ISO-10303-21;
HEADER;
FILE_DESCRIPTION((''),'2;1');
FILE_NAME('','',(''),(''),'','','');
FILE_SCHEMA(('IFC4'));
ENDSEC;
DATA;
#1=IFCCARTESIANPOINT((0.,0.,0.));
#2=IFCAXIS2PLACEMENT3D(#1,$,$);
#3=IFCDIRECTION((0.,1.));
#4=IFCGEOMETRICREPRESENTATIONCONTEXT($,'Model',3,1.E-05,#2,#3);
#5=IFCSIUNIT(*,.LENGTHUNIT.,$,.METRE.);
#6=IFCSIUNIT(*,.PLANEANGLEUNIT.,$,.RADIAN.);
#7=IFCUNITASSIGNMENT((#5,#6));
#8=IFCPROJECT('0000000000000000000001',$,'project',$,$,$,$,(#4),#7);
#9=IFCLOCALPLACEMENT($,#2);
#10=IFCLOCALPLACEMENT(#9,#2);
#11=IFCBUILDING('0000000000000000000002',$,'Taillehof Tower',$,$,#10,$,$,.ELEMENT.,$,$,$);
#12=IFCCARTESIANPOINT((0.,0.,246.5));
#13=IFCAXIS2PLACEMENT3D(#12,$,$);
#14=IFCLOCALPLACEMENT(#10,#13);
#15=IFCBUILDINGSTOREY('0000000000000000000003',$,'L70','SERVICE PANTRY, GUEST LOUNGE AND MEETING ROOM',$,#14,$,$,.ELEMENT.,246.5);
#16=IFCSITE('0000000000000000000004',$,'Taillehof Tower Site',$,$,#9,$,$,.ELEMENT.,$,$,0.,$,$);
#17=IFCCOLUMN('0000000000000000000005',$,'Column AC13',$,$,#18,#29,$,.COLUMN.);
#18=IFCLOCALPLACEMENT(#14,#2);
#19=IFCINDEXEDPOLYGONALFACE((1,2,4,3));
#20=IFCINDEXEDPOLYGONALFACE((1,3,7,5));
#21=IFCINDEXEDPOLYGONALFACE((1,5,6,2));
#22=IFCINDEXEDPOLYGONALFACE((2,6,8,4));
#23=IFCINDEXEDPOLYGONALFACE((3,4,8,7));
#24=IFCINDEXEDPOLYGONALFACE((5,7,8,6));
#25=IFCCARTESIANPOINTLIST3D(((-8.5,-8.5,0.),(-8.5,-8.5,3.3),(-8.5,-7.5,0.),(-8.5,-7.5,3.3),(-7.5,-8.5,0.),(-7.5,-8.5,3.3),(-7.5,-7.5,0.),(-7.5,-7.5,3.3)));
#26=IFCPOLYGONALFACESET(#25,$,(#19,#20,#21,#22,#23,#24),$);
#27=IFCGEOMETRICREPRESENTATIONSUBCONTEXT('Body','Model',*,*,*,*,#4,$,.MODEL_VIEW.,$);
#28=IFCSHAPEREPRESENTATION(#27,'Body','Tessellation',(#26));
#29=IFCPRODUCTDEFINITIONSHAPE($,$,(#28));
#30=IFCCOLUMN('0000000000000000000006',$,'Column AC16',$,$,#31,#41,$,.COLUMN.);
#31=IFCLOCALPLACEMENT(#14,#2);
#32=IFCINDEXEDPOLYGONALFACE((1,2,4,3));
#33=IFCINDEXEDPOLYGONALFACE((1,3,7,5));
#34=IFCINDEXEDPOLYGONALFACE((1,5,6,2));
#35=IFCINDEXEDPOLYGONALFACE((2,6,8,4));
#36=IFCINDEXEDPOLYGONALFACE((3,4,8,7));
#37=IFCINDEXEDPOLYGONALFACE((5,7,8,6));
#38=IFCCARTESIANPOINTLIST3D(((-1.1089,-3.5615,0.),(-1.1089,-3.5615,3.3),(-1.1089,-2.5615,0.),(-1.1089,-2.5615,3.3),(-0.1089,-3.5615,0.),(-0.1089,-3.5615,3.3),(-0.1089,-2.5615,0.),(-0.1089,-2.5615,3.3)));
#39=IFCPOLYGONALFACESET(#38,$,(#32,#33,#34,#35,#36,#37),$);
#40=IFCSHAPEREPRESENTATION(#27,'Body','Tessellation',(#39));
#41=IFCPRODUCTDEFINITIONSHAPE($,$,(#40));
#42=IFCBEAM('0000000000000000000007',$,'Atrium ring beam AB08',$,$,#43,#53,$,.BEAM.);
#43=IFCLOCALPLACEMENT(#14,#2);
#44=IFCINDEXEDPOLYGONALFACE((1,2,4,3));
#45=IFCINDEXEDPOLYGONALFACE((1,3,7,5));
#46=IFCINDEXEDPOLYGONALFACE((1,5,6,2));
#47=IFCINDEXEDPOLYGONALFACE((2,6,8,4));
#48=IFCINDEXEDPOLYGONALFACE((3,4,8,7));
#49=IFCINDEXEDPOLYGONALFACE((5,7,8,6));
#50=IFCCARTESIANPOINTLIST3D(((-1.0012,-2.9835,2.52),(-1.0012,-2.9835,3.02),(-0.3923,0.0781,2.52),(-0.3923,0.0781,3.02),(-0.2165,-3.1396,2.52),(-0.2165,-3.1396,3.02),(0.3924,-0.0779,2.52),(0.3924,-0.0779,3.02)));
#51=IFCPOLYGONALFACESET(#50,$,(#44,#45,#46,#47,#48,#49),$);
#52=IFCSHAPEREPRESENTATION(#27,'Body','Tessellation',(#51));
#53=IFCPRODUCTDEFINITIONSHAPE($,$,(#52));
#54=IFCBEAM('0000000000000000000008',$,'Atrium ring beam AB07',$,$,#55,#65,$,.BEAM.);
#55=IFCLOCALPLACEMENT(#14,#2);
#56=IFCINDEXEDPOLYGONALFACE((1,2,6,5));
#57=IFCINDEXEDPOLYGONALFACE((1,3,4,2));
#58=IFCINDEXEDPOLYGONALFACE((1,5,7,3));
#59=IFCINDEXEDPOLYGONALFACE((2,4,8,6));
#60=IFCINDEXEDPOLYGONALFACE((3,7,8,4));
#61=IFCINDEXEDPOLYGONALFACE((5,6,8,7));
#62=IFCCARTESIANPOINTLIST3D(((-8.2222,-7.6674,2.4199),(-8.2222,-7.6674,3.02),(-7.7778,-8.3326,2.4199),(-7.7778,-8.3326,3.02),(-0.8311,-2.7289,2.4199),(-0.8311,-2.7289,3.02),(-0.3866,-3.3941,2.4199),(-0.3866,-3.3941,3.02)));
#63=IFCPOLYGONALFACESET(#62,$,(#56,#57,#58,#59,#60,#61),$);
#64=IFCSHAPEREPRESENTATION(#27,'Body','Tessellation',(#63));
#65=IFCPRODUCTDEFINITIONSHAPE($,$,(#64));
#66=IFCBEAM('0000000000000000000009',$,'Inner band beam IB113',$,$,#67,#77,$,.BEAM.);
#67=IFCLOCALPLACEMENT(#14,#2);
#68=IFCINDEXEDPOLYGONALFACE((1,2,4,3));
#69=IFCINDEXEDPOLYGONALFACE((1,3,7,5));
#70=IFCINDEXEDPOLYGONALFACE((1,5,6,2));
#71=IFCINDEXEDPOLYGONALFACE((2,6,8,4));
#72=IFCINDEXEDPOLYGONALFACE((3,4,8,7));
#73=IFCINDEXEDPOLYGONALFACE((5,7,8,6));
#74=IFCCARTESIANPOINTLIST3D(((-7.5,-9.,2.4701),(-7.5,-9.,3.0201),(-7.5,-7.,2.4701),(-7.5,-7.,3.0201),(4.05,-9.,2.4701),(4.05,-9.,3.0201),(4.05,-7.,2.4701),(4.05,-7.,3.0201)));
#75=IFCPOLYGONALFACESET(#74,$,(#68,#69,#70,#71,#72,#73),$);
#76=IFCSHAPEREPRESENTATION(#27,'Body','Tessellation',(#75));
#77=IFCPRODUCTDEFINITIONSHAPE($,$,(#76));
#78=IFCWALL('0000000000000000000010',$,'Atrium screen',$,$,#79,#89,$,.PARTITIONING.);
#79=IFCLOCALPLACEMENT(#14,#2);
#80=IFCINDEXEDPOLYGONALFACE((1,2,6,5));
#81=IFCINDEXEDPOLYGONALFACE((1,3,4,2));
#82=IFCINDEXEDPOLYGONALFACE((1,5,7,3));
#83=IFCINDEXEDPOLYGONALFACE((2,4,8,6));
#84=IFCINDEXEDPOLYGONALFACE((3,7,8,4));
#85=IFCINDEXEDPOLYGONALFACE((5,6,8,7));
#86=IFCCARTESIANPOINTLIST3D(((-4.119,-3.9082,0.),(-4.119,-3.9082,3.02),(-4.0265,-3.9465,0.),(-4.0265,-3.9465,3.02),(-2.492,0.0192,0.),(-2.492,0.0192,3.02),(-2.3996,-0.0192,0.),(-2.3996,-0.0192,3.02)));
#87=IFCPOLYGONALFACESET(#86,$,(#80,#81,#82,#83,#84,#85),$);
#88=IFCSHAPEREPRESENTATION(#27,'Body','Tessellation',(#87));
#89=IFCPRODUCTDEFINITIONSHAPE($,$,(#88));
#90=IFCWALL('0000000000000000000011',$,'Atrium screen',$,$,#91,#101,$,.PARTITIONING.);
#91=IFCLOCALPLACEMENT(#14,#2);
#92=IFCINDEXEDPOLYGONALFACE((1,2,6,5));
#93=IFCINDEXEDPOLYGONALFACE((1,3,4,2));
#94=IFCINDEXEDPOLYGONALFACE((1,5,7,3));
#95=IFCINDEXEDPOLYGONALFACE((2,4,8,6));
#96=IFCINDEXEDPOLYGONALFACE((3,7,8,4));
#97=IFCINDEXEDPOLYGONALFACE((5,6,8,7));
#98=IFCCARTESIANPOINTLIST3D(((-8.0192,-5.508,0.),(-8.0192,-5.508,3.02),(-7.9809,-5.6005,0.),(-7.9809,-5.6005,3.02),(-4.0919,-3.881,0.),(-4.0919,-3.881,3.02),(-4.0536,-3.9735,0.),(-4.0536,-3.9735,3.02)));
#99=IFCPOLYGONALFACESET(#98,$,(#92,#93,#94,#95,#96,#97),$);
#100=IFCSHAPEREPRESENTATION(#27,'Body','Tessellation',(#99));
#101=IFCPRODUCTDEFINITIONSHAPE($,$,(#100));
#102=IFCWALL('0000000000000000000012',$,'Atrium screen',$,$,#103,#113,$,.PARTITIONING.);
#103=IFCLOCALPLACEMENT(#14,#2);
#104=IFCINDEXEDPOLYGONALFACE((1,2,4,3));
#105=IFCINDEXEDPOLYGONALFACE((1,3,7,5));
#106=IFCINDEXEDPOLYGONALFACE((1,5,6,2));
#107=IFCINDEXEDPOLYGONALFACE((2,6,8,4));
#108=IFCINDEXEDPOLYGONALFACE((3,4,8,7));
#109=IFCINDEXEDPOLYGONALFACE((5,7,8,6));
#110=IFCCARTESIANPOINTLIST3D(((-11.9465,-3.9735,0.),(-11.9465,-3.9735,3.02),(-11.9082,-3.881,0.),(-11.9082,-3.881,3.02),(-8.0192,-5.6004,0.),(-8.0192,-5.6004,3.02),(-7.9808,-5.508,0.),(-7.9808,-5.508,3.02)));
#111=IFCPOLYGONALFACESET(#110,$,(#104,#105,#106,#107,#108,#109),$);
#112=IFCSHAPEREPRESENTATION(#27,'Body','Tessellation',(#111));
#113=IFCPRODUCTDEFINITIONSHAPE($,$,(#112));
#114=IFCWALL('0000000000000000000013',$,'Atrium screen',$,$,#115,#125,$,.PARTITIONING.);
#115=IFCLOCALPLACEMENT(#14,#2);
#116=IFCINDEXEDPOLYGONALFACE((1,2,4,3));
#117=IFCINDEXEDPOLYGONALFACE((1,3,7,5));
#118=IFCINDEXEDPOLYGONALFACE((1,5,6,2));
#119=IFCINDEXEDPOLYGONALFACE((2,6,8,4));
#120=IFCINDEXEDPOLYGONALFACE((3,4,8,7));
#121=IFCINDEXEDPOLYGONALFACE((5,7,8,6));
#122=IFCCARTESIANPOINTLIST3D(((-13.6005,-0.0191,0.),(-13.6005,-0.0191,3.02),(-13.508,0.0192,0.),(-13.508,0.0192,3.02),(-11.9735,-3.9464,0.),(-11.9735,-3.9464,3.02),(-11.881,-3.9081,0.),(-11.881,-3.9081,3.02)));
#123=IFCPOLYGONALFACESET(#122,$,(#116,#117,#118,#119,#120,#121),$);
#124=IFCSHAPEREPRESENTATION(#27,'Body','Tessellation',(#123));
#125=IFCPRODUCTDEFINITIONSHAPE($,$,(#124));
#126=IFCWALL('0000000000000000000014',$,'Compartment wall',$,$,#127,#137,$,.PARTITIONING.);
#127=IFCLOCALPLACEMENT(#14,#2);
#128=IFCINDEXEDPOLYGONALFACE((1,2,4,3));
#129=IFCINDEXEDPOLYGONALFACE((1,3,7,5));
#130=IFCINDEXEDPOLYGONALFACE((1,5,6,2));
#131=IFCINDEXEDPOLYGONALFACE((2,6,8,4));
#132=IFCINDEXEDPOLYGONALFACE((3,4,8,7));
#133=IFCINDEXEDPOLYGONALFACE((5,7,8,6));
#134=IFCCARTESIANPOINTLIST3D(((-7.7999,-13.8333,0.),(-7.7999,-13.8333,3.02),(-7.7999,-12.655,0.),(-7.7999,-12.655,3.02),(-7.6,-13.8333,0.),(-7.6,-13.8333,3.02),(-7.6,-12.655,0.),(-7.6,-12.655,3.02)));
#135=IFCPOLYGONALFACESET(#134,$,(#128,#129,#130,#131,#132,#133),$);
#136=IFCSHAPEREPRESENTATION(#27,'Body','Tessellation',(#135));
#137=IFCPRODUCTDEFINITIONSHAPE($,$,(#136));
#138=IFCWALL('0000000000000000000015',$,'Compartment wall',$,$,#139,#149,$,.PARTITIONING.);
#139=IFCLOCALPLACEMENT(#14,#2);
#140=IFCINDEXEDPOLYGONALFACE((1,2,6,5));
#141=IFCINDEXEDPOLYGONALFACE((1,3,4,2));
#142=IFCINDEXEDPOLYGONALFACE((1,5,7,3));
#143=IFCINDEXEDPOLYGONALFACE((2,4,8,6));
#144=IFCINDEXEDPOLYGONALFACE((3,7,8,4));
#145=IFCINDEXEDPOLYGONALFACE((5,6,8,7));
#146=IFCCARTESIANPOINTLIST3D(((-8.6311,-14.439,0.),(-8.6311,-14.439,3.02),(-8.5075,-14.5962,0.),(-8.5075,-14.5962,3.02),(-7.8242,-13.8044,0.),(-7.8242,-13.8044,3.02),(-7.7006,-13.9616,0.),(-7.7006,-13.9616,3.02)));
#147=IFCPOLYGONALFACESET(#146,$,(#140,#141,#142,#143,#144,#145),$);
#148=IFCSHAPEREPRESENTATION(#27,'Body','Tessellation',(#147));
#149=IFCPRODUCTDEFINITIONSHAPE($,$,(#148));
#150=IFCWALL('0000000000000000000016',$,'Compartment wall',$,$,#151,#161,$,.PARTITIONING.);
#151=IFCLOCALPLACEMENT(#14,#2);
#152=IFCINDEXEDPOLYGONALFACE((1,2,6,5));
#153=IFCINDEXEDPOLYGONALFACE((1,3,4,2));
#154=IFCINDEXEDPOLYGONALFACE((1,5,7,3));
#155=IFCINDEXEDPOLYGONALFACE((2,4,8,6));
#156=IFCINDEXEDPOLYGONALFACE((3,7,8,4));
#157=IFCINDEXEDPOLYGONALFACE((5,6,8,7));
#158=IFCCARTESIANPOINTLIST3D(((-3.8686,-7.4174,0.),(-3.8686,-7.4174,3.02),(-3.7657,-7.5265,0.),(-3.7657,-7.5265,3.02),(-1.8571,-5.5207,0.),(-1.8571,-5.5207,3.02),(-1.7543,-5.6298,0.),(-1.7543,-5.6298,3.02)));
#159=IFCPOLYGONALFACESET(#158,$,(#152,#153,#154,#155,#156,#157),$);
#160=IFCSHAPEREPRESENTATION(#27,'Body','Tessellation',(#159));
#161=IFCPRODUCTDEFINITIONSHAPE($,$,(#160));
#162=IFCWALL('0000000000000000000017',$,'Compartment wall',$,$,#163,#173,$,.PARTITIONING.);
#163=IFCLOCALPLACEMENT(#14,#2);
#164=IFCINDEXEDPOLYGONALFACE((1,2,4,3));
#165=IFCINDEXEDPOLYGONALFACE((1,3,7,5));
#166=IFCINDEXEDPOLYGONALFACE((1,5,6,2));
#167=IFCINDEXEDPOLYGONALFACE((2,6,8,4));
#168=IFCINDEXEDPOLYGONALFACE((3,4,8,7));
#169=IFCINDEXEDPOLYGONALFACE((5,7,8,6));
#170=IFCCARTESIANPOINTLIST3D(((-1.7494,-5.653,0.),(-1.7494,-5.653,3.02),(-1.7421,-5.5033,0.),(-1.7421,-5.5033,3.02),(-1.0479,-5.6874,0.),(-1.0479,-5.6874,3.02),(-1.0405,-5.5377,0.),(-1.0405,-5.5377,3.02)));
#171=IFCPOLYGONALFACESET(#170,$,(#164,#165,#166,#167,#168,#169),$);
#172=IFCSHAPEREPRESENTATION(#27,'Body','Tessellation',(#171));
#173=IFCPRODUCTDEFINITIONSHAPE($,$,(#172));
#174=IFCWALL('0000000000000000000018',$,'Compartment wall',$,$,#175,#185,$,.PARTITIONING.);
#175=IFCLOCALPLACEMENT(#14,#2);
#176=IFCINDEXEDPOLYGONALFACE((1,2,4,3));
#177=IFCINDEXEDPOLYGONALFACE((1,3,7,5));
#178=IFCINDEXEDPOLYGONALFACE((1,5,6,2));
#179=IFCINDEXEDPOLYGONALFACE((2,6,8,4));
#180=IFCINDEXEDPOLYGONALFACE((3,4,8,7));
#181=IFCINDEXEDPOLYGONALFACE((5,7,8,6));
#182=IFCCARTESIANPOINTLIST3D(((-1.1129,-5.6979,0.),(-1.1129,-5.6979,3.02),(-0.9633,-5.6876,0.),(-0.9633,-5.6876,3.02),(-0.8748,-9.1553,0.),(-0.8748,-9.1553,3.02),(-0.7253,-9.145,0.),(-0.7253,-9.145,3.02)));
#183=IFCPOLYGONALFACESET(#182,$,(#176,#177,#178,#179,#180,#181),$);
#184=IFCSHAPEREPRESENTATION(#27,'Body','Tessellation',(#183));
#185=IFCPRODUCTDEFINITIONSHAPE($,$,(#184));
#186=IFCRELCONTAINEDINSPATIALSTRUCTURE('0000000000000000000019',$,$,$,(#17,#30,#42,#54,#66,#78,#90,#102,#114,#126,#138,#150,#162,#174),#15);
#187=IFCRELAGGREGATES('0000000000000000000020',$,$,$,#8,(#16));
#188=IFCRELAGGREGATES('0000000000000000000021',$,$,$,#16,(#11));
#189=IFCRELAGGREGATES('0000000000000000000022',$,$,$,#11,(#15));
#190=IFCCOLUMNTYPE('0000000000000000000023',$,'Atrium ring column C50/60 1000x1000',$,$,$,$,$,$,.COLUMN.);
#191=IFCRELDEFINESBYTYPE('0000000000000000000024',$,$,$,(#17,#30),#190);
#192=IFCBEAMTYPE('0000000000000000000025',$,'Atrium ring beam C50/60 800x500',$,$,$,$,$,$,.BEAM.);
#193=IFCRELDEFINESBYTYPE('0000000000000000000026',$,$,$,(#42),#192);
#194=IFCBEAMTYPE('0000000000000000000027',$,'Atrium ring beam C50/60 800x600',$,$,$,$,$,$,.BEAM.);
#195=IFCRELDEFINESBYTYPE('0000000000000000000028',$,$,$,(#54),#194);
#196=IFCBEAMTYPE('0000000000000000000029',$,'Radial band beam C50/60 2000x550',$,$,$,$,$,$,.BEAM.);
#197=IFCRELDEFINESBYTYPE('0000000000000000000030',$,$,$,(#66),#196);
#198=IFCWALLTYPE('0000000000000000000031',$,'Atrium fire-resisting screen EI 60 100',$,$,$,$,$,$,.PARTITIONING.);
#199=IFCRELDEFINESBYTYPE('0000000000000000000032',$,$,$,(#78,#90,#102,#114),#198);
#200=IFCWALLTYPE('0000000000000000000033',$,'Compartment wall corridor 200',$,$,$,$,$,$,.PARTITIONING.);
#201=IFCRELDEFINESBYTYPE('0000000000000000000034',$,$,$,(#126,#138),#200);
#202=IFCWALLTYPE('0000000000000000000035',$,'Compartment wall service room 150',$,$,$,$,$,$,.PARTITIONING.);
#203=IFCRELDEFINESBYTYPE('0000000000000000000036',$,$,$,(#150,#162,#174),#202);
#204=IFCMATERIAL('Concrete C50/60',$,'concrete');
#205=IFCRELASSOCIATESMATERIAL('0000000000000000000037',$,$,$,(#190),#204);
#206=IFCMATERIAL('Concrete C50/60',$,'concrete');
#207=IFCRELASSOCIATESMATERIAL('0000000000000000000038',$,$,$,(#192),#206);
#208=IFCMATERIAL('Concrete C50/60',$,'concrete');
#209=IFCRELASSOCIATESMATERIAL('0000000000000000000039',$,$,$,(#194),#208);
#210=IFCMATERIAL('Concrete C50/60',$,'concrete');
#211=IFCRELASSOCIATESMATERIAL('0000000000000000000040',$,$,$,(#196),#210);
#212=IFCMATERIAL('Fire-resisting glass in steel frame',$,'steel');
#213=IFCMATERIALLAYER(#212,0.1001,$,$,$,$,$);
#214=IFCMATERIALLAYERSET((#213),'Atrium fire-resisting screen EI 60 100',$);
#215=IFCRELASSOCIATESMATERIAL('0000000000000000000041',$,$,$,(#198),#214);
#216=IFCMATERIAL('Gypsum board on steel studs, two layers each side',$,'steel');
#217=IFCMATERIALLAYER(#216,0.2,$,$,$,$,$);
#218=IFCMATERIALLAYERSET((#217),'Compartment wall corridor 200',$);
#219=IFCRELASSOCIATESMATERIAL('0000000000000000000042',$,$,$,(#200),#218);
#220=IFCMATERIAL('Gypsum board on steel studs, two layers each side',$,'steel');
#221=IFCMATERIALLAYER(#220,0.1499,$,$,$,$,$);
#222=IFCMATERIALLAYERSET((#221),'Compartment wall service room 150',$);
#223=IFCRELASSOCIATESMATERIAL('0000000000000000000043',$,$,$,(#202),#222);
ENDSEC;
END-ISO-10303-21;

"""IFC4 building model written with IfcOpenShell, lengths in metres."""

from ifc_helpers import new_model, si_unit, direction, frame, frame_2d, origin, origin_2d, place, context, subcontext, project, spatial, rectangle, extrude, material, layer, layer_set, material_profile, profile_set, type_object, element, save


model = new_model("IFC4")

# Units and contexts
model_context = context("Model", 3, precision=1e-05, world=origin(), true_north=direction((0.0, 1.0)))
body_context = subcontext(model_context, "Body", "Model", "MODEL_VIEW")
ifc_project = project(units=[si_unit("LENGTHUNIT", "METRE"), si_unit("PLANEANGLEUNIT", "RADIAN")], contexts=[model_context])

# Site, building, storey
site_placement = place(None, origin())
site = spatial("IfcSite", under=ifc_project, at=site_placement, Name="Taillehof Tower Site", CompositionType="ELEMENT", RefElevation=0.0)
building_placement = place(site_placement, origin())
building = spatial("IfcBuilding", under=site, at=building_placement, Name="Taillehof Tower", CompositionType="ELEMENT")
storey_placement = place(building_placement, frame((0.0, 0.0, 246.5)))
storey = spatial("IfcBuildingStorey", under=building, at=storey_placement, Name="L70", Description="SERVICE PANTRY, GUEST LOUNGE AND MEETING ROOM", CompositionType="ELEMENT", Elevation=246.5)

# Columns
ifc_material_1 = material(Name="Concrete C50/60", Category="concrete")
ifc_material_profile_1 = material_profile(ifc_material_1, rectangle(XDim=1.0, YDim=1.0, at=origin_2d()), Name="RC 1000x1000")
ifc_profile_set_1 = profile_set([ifc_material_profile_1], Name="Concrete C50/60")
column_type = type_object("IfcColumnType", Name="Atrium ring column C50/60 1000x1000", PredefinedType="COLUMN", material=ifc_profile_set_1)
for number, where, z_axis, x_axis, name in (
    (1, (-8.0, -8.0, 0.0), (0.0, 0.0, 1.0), (1.0, 0.0, 0.0), "Column AC13"),
    (2, (-0.6089, -3.0615, 0.0), (0.0, 0.0, 1.0), (1.0, 0.0, 0.0), "Column AC16"),
):
    element("IfcColumn", number, at=place(storey_placement, frame(where, z_axis=z_axis, x_axis=x_axis)), inside=storey, type_object=column_type, Name=name, PredefinedType="COLUMN", context=body_context, shape_type="SweptSolid", body=[
        extrude(rectangle(XDim=1.0, YDim=1.0, at=origin_2d()), origin(), (0.0, 0.0, 1.0), 3.3),
    ])

# Beams
ifc_material_2 = material(Name="Concrete C50/60", Category="concrete")
ifc_material_profile_2 = material_profile(ifc_material_2, rectangle(XDim=0.8, YDim=0.5, at=origin_2d()), Name="RC 800x500")
ifc_profile_set_2 = profile_set([ifc_material_profile_2], Name="Concrete C50/60")
beam_type_1 = type_object("IfcBeamType", Name="Atrium ring beam C50/60 800x500", PredefinedType="BEAM", material=ifc_profile_set_2)
beam_1_placement = place(storey_placement, frame((-0.6089, -3.0615, 2.77), z_axis=(0.195063, 0.980791, 0.0), x_axis=(-0.980791, 0.195063, 0.0)))
element("IfcBeam", 3, at=beam_1_placement, inside=storey, type_object=beam_type_1, Name="Atrium ring beam AB08", PredefinedType="BEAM", context=body_context, shape_type="SweptSolid", body=[
    extrude(rectangle(XDim=0.8, YDim=0.5, at=origin_2d()), origin(), (0.0, 0.0, 1.0), 3.1216),
])
ifc_material_3 = material(Name="Concrete C50/60", Category="concrete")
ifc_material_profile_3 = material_profile(ifc_material_3, rectangle(XDim=0.8, YDim=0.6001, at=origin_2d()), Name="RC 800x600")
ifc_profile_set_3 = profile_set([ifc_material_profile_3], Name="Concrete C50/60")
beam_type_2 = type_object("IfcBeamType", Name="Atrium ring beam C50/60 800x600", PredefinedType="BEAM", material=ifc_profile_set_3)
beam_2_placement = place(storey_placement, frame((-8.0, -8.0, 2.72), z_axis=(0.831475, 0.555562, 0.0), x_axis=(-0.555562, 0.831475, 0.0)))
element("IfcBeam", 4, at=beam_2_placement, inside=storey, type_object=beam_type_2, Name="Atrium ring beam AB07", PredefinedType="BEAM", context=body_context, shape_type="SweptSolid", body=[
    extrude(rectangle(XDim=0.8, YDim=0.6001, at=origin_2d()), origin(), (0.0, 0.0, 1.0), 8.8892),
])
ifc_material_4 = material(Name="Concrete C50/60", Category="concrete")
ifc_material_profile_4 = material_profile(ifc_material_4, rectangle(XDim=2.0, YDim=0.55, at=origin_2d()), Name="RC 2000x550")
ifc_profile_set_4 = profile_set([ifc_material_profile_4], Name="Concrete C50/60")
beam_type_3 = type_object("IfcBeamType", Name="Radial band beam C50/60 2000x550", PredefinedType="BEAM", material=ifc_profile_set_4)
beam_3_placement = place(storey_placement, frame((-7.5, -8.0, 2.7451), z_axis=(1.0, 0.0, 0.0), x_axis=(0.0, 1.0, 0.0)))
element("IfcBeam", 5, at=beam_3_placement, inside=storey, type_object=beam_type_3, Name="Inner band beam IB113", PredefinedType="BEAM", context=body_context, shape_type="SweptSolid", body=[
    extrude(rectangle(XDim=2.0, YDim=0.55, at=origin_2d()), origin(), (0.0, 0.0, 1.0), 11.55),
])

# Walls
ifc_material_5 = material(Name="Fire-resisting glass in steel frame", Category="steel")
ifc_layer_1 = layer(ifc_material_5, 0.1001)
ifc_layer_set_1 = layer_set([ifc_layer_1], Name="Atrium fire-resisting screen EI 60 100")
wall_type_1 = type_object("IfcWallType", Name="Atrium fire-resisting screen EI 60 100", PredefinedType="PARTITIONING", material=ifc_layer_set_1)
for number, where, z_axis, x_axis, name in (
    (6, (-2.4458, 0.0, 0.0), (0.0, 0.0, 1.0), (-0.382731, -0.92386, 0.0), "Atrium screen"),
    (7, (-4.0728, -3.9272, 0.0), (0.0, 0.0, 1.0), (-0.92386, -0.382731, 0.0), "Atrium screen"),
    (8, (-8.0, -5.5542, 0.0), (0.0, 0.0, 1.0), (-0.92386, 0.382731, 0.0), "Atrium screen"),
    (9, (-11.9272, -3.9272, 0.0), (0.0, 0.0, 1.0), (-0.382731, 0.92386, 0.0), "Atrium screen"),
):
    element("IfcWall", number, at=place(storey_placement, frame(where, z_axis=z_axis, x_axis=x_axis)), inside=storey, type_object=wall_type_1, Name=name, PredefinedType="PARTITIONING", context=body_context, shape_type="SweptSolid", body=[
        extrude(rectangle(XDim=4.251, YDim=0.1001, at=frame_2d((2.1255, 0.0))), origin(), (0.0, 0.0, 1.0), 3.02),
    ])
ifc_material_6 = material(Name="Gypsum board on steel studs, two layers each side", Category="steel")
ifc_layer_2 = layer(ifc_material_6, 0.2)
ifc_layer_set_2 = layer_set([ifc_layer_2], Name="Compartment wall corridor 200")
wall_type_2 = type_object("IfcWallType", Name="Compartment wall corridor 200", PredefinedType="PARTITIONING", material=ifc_layer_set_2)
wall_1_placement = place(storey_placement, frame((-7.7, -12.655, 0.0), z_axis=(0.0, 0.0, 1.0), x_axis=(0.0, -1.0, 0.0)))
element("IfcWall", 10, at=wall_1_placement, inside=storey, type_object=wall_type_2, Name="Compartment wall", PredefinedType="PARTITIONING", context=body_context, shape_type="SweptSolid", body=[
    extrude(rectangle(XDim=1.1782, YDim=0.2, at=frame_2d((0.5891, 0.0))), origin(), (0.0, 0.0, 1.0), 3.02),
])
wall_2_placement = place(storey_placement, frame((-7.7625, -13.8831, 0.0), z_axis=(0.0, 0.0, 1.0), x_axis=(-0.786062, -0.618147, 0.0)))
element("IfcWall", 11, at=wall_2_placement, inside=storey, type_object=wall_type_2, Name="Compartment wall", PredefinedType="PARTITIONING", context=body_context, shape_type="SweptSolid", body=[
    extrude(rectangle(XDim=1.0266, YDim=0.2, at=frame_2d((0.5132, 0.0))), origin(), (0.0, 0.0, 1.0), 3.02),
])
ifc_material_7 = material(Name="Gypsum board on steel studs, two layers each side", Category="steel")
ifc_layer_3 = layer(ifc_material_7, 0.1499)
ifc_layer_set_3 = layer_set([ifc_layer_3], Name="Compartment wall service room 150")
wall_type_3 = type_object("IfcWallType", Name="Compartment wall service room 150", PredefinedType="PARTITIONING", material=ifc_layer_set_3)
wall_3_placement = place(storey_placement, frame((-3.8171, -7.4719, 0.0), z_axis=(0.0, 0.0, 1.0), x_axis=(0.727554, 0.68605, 0.0)))
element("IfcWall", 12, at=wall_3_placement, inside=storey, type_object=wall_type_3, Name="Compartment wall", PredefinedType="PARTITIONING", context=body_context, shape_type="SweptSolid", body=[
    extrude(rectangle(XDim=2.7646, YDim=0.1499, at=frame_2d((1.3823, 0.0))), origin(), (0.0, 0.0, 1.0), 3.02),
])
wall_4_placement = place(storey_placement, frame((-1.7456, -5.5781, 0.0), z_axis=(0.0, 0.0, 1.0), x_axis=(0.998799, -0.049002, 0.0)))
element("IfcWall", 13, at=wall_4_placement, inside=storey, type_object=wall_type_3, Name="Compartment wall", PredefinedType="PARTITIONING", context=body_context, shape_type="SweptSolid", body=[
    extrude(rectangle(XDim=0.7024, YDim=0.1499, at=frame_2d((0.3511, 0.0))), origin(), (0.0, 0.0, 1.0), 3.02),
])
wall_5_placement = place(storey_placement, frame((-1.0381, -5.6926, 0.0), z_axis=(0.0, 0.0, 1.0), x_axis=(0.068688, -0.997638, 0.0)))
element("IfcWall", 14, at=wall_5_placement, inside=storey, type_object=wall_type_3, Name="Compartment wall", PredefinedType="PARTITIONING", context=body_context, shape_type="SweptSolid", body=[
    extrude(rectangle(XDim=3.4656, YDim=0.1499, at=frame_2d((1.7329, 0.0))), origin(), (0.0, 0.0, 1.0), 3.02),
])

save(model, "model.ifc")
